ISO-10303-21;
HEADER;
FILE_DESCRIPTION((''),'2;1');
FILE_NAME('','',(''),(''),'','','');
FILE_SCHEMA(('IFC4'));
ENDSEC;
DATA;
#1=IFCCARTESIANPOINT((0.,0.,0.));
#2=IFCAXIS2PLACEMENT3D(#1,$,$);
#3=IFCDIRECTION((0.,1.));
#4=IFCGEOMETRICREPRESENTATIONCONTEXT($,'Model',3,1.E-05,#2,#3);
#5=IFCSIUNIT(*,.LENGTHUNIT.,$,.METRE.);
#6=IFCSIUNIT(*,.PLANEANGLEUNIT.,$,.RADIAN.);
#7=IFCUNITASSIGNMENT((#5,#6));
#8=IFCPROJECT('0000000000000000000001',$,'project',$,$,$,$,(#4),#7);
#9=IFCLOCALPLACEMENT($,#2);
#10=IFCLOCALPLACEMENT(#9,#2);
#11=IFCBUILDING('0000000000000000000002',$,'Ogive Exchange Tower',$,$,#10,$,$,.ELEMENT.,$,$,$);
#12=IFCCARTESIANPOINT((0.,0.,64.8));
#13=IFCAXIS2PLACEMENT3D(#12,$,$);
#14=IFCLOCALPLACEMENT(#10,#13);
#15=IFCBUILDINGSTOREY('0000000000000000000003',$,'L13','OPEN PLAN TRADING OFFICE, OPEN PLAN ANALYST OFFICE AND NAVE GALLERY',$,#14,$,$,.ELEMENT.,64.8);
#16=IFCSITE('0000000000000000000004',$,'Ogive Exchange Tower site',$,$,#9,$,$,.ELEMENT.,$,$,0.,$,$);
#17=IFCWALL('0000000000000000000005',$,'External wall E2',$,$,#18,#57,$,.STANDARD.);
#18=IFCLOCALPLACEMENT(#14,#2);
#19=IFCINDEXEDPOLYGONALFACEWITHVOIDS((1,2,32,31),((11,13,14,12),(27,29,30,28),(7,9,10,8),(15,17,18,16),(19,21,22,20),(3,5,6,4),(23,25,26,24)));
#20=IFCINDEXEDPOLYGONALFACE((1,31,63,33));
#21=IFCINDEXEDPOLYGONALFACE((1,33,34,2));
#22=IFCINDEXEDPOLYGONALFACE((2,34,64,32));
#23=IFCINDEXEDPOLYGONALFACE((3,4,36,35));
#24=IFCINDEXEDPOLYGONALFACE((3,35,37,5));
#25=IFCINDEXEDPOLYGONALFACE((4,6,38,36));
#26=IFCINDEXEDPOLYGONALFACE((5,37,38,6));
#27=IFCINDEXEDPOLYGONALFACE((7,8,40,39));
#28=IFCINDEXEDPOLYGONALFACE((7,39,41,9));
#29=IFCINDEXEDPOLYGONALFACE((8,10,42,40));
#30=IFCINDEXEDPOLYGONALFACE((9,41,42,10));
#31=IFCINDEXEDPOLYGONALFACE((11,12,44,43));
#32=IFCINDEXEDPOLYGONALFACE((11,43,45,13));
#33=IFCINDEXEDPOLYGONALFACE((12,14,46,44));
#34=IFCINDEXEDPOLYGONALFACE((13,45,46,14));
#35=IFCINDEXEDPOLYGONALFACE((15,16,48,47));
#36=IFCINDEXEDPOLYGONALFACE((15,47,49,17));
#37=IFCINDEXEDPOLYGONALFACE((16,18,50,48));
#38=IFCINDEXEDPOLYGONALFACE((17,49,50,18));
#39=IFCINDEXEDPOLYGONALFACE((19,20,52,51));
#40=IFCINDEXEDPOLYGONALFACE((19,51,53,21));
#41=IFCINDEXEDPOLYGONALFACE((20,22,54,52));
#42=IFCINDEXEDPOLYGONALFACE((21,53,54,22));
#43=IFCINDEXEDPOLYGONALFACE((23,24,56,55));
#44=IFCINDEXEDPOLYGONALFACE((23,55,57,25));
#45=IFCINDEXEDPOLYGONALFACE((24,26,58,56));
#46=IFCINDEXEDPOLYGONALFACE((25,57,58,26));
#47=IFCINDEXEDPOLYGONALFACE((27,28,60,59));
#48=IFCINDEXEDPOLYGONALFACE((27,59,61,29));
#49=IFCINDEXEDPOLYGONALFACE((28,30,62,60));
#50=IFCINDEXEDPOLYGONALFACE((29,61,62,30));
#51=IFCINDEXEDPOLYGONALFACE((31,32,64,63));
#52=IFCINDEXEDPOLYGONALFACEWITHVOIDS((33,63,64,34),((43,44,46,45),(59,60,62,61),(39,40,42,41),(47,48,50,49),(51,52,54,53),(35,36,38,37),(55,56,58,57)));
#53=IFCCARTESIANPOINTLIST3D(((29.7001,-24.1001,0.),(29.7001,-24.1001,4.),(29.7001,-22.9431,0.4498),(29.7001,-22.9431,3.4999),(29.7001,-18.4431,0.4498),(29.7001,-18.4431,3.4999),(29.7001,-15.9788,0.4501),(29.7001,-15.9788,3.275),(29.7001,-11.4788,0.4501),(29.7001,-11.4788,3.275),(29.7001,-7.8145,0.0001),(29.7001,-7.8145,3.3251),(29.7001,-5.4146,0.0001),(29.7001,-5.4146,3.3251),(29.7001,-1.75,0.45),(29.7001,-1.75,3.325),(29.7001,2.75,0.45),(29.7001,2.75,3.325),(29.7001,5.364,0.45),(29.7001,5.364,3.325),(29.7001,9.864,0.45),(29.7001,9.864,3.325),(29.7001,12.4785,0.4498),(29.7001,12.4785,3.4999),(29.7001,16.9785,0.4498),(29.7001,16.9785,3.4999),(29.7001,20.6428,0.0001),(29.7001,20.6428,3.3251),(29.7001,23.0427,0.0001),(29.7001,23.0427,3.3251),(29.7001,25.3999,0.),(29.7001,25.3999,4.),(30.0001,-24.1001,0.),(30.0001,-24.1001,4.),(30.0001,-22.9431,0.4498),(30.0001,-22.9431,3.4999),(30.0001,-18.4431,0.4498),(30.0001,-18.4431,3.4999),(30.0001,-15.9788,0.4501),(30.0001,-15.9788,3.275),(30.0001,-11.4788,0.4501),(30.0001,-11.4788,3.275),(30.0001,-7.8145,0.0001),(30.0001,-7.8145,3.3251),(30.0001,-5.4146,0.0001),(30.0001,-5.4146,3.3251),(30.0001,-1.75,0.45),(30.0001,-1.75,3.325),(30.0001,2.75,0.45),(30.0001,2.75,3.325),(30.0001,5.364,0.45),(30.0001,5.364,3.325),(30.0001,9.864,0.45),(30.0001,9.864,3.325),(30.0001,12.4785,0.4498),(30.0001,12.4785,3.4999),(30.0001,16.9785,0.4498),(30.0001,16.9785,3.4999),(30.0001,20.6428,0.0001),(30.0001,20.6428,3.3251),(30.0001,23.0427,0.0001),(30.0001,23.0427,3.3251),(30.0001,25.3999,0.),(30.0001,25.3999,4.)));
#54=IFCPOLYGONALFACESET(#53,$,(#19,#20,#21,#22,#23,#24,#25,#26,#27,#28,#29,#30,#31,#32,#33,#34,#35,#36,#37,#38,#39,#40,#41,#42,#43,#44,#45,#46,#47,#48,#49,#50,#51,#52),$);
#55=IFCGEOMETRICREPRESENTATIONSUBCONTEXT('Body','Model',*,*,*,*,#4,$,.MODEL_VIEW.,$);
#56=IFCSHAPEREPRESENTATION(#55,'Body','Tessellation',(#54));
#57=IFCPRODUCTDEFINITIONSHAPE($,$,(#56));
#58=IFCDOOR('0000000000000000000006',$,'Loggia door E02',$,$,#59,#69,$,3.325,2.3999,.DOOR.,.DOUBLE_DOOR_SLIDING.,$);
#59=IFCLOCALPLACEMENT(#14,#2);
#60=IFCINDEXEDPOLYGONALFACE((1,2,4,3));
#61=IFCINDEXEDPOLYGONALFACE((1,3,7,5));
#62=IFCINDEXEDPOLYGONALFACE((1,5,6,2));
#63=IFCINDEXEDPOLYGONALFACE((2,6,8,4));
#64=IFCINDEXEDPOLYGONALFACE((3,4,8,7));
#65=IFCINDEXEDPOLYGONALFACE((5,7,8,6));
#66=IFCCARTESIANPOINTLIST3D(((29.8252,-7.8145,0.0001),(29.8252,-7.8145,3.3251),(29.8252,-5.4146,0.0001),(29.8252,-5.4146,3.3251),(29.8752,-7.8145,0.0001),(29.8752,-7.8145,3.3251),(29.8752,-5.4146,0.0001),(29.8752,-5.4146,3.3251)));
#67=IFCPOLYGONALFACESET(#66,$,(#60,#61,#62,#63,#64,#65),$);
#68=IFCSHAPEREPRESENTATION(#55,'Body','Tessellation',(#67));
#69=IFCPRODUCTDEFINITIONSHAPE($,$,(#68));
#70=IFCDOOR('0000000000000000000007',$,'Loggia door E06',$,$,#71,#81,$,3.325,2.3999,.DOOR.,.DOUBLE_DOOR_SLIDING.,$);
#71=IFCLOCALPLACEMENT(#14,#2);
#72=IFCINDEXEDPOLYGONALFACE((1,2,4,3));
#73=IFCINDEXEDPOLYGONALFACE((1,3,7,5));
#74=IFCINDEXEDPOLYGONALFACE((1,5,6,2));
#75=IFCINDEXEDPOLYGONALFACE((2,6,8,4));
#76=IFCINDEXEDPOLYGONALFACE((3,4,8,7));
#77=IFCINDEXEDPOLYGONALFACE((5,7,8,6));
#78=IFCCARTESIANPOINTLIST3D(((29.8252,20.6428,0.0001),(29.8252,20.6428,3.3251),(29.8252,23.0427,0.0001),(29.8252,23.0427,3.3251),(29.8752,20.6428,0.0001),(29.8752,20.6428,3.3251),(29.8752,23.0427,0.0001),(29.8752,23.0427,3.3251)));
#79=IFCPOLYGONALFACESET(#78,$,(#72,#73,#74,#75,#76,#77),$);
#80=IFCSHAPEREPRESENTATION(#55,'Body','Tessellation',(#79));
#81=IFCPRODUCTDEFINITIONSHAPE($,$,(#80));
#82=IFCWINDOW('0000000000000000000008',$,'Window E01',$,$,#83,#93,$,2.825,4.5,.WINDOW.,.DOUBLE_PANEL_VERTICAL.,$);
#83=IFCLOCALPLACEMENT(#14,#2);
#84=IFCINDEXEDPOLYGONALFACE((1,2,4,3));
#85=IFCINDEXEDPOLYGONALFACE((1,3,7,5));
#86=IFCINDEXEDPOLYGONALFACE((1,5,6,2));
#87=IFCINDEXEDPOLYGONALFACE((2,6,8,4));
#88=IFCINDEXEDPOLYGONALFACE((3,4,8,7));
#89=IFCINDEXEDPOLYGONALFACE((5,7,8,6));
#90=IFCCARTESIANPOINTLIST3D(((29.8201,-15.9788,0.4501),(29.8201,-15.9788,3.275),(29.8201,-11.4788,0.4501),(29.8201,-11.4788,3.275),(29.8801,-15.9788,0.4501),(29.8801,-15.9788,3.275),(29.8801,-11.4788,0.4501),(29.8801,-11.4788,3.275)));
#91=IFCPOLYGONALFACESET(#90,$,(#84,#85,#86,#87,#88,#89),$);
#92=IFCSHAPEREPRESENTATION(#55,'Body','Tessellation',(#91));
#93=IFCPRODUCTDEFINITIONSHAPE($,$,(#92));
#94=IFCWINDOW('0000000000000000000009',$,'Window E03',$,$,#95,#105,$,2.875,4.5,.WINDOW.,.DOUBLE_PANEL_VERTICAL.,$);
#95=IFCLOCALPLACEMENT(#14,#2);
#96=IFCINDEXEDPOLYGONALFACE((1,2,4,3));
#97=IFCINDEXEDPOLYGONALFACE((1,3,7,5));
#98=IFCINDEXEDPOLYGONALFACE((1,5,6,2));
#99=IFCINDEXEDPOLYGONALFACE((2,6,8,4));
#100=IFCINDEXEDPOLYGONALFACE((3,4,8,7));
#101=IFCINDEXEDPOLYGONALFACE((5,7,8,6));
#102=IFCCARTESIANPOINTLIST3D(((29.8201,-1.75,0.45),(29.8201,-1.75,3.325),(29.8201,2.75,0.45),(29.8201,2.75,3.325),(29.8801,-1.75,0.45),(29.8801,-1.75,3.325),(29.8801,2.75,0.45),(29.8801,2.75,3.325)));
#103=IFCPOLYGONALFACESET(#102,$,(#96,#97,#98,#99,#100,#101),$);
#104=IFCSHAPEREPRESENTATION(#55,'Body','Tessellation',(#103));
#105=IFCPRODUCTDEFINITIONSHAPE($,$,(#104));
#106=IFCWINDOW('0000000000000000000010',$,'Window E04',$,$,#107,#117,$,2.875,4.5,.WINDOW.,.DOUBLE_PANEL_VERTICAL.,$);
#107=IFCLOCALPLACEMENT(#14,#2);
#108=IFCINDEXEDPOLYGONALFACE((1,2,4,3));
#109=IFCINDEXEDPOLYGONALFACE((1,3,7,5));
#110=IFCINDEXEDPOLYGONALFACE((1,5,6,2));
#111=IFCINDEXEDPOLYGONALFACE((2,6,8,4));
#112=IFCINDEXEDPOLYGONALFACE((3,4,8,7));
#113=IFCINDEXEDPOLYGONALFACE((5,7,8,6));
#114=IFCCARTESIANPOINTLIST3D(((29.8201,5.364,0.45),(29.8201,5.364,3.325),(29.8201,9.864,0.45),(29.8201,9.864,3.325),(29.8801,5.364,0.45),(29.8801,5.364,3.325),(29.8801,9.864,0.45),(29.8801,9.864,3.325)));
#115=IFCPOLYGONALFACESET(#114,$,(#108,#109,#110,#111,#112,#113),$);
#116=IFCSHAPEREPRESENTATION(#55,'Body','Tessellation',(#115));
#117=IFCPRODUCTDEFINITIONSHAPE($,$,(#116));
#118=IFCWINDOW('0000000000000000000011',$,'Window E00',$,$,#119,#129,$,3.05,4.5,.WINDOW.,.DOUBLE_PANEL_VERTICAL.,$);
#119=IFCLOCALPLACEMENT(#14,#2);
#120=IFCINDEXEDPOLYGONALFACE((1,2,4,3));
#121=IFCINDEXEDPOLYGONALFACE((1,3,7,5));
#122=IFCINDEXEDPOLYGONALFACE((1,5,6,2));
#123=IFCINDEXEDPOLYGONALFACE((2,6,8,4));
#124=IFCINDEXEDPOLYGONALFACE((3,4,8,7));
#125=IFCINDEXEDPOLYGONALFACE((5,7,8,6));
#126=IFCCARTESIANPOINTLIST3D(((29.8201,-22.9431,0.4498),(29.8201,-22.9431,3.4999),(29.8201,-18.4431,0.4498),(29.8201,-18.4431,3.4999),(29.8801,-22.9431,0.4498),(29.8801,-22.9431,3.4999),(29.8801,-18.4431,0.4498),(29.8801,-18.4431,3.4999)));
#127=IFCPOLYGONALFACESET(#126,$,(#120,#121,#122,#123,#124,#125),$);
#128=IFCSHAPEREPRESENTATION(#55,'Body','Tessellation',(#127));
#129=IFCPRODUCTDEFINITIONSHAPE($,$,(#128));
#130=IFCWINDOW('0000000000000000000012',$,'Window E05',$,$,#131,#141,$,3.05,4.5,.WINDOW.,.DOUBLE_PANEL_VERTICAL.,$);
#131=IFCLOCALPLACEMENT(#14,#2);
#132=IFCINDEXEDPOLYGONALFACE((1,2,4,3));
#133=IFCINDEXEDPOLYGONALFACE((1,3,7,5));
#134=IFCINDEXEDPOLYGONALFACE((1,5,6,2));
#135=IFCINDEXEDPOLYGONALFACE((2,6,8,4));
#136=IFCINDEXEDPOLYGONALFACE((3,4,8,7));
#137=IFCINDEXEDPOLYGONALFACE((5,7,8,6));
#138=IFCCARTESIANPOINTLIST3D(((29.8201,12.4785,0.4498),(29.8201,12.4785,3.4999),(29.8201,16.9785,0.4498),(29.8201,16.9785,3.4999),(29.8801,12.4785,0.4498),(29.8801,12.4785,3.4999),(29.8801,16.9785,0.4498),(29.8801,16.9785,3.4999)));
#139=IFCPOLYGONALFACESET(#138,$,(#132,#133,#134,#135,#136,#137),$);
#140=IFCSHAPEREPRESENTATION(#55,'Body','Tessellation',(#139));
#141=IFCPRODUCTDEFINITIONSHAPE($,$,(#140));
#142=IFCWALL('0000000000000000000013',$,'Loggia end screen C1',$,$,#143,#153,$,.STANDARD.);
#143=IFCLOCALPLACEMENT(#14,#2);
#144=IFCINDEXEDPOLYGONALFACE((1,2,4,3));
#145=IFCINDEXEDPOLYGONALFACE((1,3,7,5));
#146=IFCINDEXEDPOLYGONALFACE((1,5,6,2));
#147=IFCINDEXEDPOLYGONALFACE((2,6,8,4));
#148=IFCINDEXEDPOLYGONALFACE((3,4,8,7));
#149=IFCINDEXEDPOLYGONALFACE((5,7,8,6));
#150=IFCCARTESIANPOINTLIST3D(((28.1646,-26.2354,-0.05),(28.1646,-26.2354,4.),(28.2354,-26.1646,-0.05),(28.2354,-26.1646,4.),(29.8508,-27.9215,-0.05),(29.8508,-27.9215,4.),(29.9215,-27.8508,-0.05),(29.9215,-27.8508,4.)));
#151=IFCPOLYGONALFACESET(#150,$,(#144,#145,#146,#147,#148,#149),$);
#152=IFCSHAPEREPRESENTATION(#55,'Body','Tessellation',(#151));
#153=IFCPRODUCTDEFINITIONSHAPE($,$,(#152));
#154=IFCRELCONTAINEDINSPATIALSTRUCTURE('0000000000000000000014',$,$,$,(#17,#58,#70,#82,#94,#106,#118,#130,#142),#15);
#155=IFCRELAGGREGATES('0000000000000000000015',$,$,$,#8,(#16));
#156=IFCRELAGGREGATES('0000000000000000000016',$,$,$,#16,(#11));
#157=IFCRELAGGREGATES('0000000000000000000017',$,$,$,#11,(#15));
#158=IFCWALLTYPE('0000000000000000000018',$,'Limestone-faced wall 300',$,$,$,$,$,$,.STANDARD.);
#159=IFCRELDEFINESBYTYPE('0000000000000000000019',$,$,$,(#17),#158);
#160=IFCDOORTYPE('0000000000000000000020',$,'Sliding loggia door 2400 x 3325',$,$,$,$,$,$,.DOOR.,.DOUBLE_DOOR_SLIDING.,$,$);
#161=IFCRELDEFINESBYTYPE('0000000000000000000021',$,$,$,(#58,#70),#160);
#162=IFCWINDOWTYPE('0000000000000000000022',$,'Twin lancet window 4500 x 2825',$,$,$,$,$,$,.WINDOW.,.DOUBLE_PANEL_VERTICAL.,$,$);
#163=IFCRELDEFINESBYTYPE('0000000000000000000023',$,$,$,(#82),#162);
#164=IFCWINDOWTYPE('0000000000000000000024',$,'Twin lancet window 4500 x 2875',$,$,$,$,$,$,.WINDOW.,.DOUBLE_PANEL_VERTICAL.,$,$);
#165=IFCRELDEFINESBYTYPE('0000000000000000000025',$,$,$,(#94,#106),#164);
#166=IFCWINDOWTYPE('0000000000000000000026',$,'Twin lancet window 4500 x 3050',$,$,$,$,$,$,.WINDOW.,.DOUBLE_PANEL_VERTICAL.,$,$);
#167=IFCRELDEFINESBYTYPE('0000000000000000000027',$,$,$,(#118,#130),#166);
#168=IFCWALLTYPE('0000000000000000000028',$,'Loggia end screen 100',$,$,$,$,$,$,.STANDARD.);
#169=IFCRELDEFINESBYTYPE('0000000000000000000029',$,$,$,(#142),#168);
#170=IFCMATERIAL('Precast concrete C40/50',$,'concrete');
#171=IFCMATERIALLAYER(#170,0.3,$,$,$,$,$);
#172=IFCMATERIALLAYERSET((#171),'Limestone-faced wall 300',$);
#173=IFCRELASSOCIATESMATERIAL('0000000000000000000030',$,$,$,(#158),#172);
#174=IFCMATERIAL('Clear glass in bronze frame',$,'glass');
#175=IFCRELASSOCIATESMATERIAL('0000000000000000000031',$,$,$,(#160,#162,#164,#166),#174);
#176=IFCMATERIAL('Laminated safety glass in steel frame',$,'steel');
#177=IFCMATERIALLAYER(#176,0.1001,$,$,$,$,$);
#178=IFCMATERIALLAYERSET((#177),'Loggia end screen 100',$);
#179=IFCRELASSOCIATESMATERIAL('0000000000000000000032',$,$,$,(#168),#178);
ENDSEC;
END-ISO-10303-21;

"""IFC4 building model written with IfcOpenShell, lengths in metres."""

from ifc_helpers import new_model, si_unit, direction, frame, frame_2d, origin, place, context, subcontext, project, spatial, rectangle, extrude, material, layer, layer_set, type_object, element, fill, save


model = new_model("IFC4")

# Units and contexts
model_context = context("Model", 3, precision=1e-05, world=origin(), true_north=direction((0.0, 1.0)))
body_context = subcontext(model_context, "Body", "Model", "MODEL_VIEW")
ifc_project = project(units=[si_unit("LENGTHUNIT", "METRE"), si_unit("PLANEANGLEUNIT", "RADIAN")], contexts=[model_context])

# Site, building, storey
site_placement = place(None, origin())
site = spatial("IfcSite", under=ifc_project, at=site_placement, Name="Ogive Exchange Tower site", CompositionType="ELEMENT", RefElevation=0.0)
building_placement = place(site_placement, origin())
building = spatial("IfcBuilding", under=site, at=building_placement, Name="Ogive Exchange Tower", CompositionType="ELEMENT")
storey_placement = place(building_placement, frame((0.0, 0.0, 64.8)))
storey = spatial("IfcBuildingStorey", under=building, at=storey_placement, Name="L13", Description="OPEN PLAN TRADING OFFICE, OPEN PLAN ANALYST OFFICE AND NAVE GALLERY", CompositionType="ELEMENT", Elevation=64.8)

# Wall, openings, doors, windows
ifc_material_1 = material(Name="Precast concrete C40/50", Category="concrete")
ifc_layer_1 = layer(ifc_material_1, 0.3)
ifc_layer_set_1 = layer_set([ifc_layer_1], Name="Limestone-faced wall 300")
wall_type_1 = type_object("IfcWallType", Name="Limestone-faced wall 300", PredefinedType="STANDARD", material=ifc_layer_set_1)
wall_1_placement = place(storey_placement, frame((29.8501, -24.1001, 0.0), z_axis=(0.0, 0.0, 1.0), x_axis=(0.0, 1.0, 0.0)))
wall_1 = element("IfcWall", 1, at=wall_1_placement, inside=storey, type_object=wall_type_1, Name="External wall E2", PredefinedType="STANDARD", context=body_context, shape_type="SweptSolid", body=[
    extrude(rectangle(XDim=49.5, YDim=0.3, at=frame_2d((24.75, 0.0))), origin(), (0.0, 0.0, 1.0), 4.0),
])
opening_1_placement = place(wall_1_placement, frame((1.157, 0.0, 0.45)))
opening_1 = element("IfcOpeningElement", 2, at=opening_1_placement, cuts=wall_1, PredefinedType="OPENING", context=body_context, shape_type="SweptSolid", body=[
    extrude(rectangle(XDim=4.5, YDim=3.05, at=frame_2d((2.25, 1.5249))), frame((0.0, 0.1599, 0.0), z_axis=(0.0, -1.0, 0.0), x_axis=(1.0, 0.0, 0.0)), (0.0, 0.0, 1.0), 0.3201),
])
opening_2_placement = place(wall_1_placement, frame((8.1213, 0.0, 0.45)))
opening_2 = element("IfcOpeningElement", 3, at=opening_2_placement, cuts=wall_1, PredefinedType="OPENING", context=body_context, shape_type="SweptSolid", body=[
    extrude(rectangle(XDim=4.5, YDim=2.825, at=frame_2d((2.25, 1.4126))), frame((0.0, 0.1599, 0.0), z_axis=(0.0, -1.0, 0.0), x_axis=(1.0, 0.0, 0.0)), (0.0, 0.0, 1.0), 0.3201),
])
opening_3_placement = place(wall_1_placement, frame((16.2856, 0.0, 0.0)))
opening_3 = element("IfcOpeningElement", 4, at=opening_3_placement, cuts=wall_1, PredefinedType="OPENING", context=body_context, shape_type="SweptSolid", body=[
    extrude(rectangle(XDim=2.3999, YDim=3.325, at=frame_2d((1.2, 1.6626))), frame((0.0, 0.1599, 0.0), z_axis=(0.0, -1.0, 0.0), x_axis=(1.0, 0.0, 0.0)), (0.0, 0.0, 1.0), 0.3201),
])
opening_4_placement = place(wall_1_placement, frame((22.3501, 0.0, 0.45)))
opening_4 = element("IfcOpeningElement", 5, at=opening_4_placement, cuts=wall_1, PredefinedType="OPENING", context=body_context, shape_type="SweptSolid", body=[
    extrude(rectangle(XDim=4.5, YDim=2.875, at=frame_2d((2.25, 1.4375))), frame((0.0, 0.1599, 0.0), z_axis=(0.0, -1.0, 0.0), x_axis=(1.0, 0.0, 0.0)), (0.0, 0.0, 1.0), 0.3201),
])
opening_5_placement = place(wall_1_placement, frame((29.4641, 0.0, 0.45)))
opening_5 = element("IfcOpeningElement", 6, at=opening_5_placement, cuts=wall_1, PredefinedType="OPENING", context=body_context, shape_type="SweptSolid", body=[
    extrude(rectangle(XDim=4.5, YDim=2.875, at=frame_2d((2.25, 1.4375))), frame((0.0, 0.1599, 0.0), z_axis=(0.0, -1.0, 0.0), x_axis=(1.0, 0.0, 0.0)), (0.0, 0.0, 1.0), 0.3201),
])
opening_6_placement = place(wall_1_placement, frame((36.5786, 0.0, 0.45)))
opening_6 = element("IfcOpeningElement", 7, at=opening_6_placement, cuts=wall_1, PredefinedType="OPENING", context=body_context, shape_type="SweptSolid", body=[
    extrude(rectangle(XDim=4.5, YDim=3.05, at=frame_2d((2.25, 1.5249))), frame((0.0, 0.1599, 0.0), z_axis=(0.0, -1.0, 0.0), x_axis=(1.0, 0.0, 0.0)), (0.0, 0.0, 1.0), 0.3201),
])
opening_7_placement = place(wall_1_placement, frame((44.7429, 0.0, 0.0)))
opening_7 = element("IfcOpeningElement", 8, at=opening_7_placement, cuts=wall_1, PredefinedType="OPENING", context=body_context, shape_type="SweptSolid", body=[
    extrude(rectangle(XDim=2.3999, YDim=3.325, at=frame_2d((1.2, 1.6626))), frame((0.0, 0.1599, 0.0), z_axis=(0.0, -1.0, 0.0), x_axis=(1.0, 0.0, 0.0)), (0.0, 0.0, 1.0), 0.3201),
])
ifc_material_2 = material(Name="Clear glass in bronze frame", Category="glass")
door_type_1 = type_object("IfcDoorType", Name="Sliding loggia door 2400 x 3325", OperationType="DOUBLE_DOOR_SLIDING", PredefinedType="DOOR", material=ifc_material_2)
door_1_placement = place(opening_3_placement, origin())
door_1 = element("IfcDoor", 9, at=door_1_placement, inside=storey, type_object=door_type_1, Name="Loggia door E02", OperationType="DOUBLE_DOOR_SLIDING", OverallHeight=3.325, OverallWidth=2.3999, PredefinedType="DOOR", context=body_context, shape_type="SweptSolid", body=[
    extrude(rectangle(XDim=2.3999, YDim=3.325, at=frame_2d((1.2, 1.6626))), frame((0.0, 0.0249, 0.0), z_axis=(0.0, -1.0, 0.0), x_axis=(1.0, 0.0, 0.0)), (0.0, 0.0, 1.0), 0.05),
])
fill(opening_3, door_1)
door_2_placement = place(opening_7_placement, origin())
door_2 = element("IfcDoor", 10, at=door_2_placement, inside=storey, type_object=door_type_1, Name="Loggia door E06", OperationType="DOUBLE_DOOR_SLIDING", OverallHeight=3.325, OverallWidth=2.3999, PredefinedType="DOOR", context=body_context, shape_type="SweptSolid", body=[
    extrude(rectangle(XDim=2.3999, YDim=3.325, at=frame_2d((1.2, 1.6626))), frame((0.0, 0.0249, 0.0), z_axis=(0.0, -1.0, 0.0), x_axis=(1.0, 0.0, 0.0)), (0.0, 0.0, 1.0), 0.05),
])
fill(opening_7, door_2)
window_type_1 = type_object("IfcWindowType", Name="Twin lancet window 4500 x 2825", PartitioningType="DOUBLE_PANEL_VERTICAL", PredefinedType="WINDOW", material=ifc_material_2)
window_1_placement = place(opening_2_placement, origin())
window_1 = element("IfcWindow", 11, at=window_1_placement, inside=storey, type_object=window_type_1, Name="Window E01", OverallHeight=2.825, OverallWidth=4.5, PartitioningType="DOUBLE_PANEL_VERTICAL", PredefinedType="WINDOW", context=body_context, shape_type="SweptSolid", body=[
    extrude(rectangle(XDim=4.5, YDim=2.825, at=frame_2d((2.25, 1.4126))), frame((0.0, 0.03, 0.0), z_axis=(0.0, -1.0, 0.0), x_axis=(1.0, 0.0, 0.0)), (0.0, 0.0, 1.0), 0.0601),
])
fill(opening_2, window_1)
window_type_2 = type_object("IfcWindowType", Name="Twin lancet window 4500 x 2875", PartitioningType="DOUBLE_PANEL_VERTICAL", PredefinedType="WINDOW", material=ifc_material_2)
window_2_placement = place(opening_4_placement, origin())
window_2 = element("IfcWindow", 12, at=window_2_placement, inside=storey, type_object=window_type_2, Name="Window E03", OverallHeight=2.875, OverallWidth=4.5, PartitioningType="DOUBLE_PANEL_VERTICAL", PredefinedType="WINDOW", context=body_context, shape_type="SweptSolid", body=[
    extrude(rectangle(XDim=4.5, YDim=2.875, at=frame_2d((2.25, 1.4375))), frame((0.0, 0.03, 0.0), z_axis=(0.0, -1.0, 0.0), x_axis=(1.0, 0.0, 0.0)), (0.0, 0.0, 1.0), 0.0601),
])
fill(opening_4, window_2)
window_3_placement = place(opening_5_placement, origin())
window_3 = element("IfcWindow", 13, at=window_3_placement, inside=storey, type_object=window_type_2, Name="Window E04", OverallHeight=2.875, OverallWidth=4.5, PartitioningType="DOUBLE_PANEL_VERTICAL", PredefinedType="WINDOW", context=body_context, shape_type="SweptSolid", body=[
    extrude(rectangle(XDim=4.5, YDim=2.875, at=frame_2d((2.25, 1.4375))), frame((0.0, 0.03, 0.0), z_axis=(0.0, -1.0, 0.0), x_axis=(1.0, 0.0, 0.0)), (0.0, 0.0, 1.0), 0.0601),
])
fill(opening_5, window_3)
window_type_3 = type_object("IfcWindowType", Name="Twin lancet window 4500 x 3050", PartitioningType="DOUBLE_PANEL_VERTICAL", PredefinedType="WINDOW", material=ifc_material_2)
window_4_placement = place(opening_1_placement, origin())
window_4 = element("IfcWindow", 14, at=window_4_placement, inside=storey, type_object=window_type_3, Name="Window E00", OverallHeight=3.05, OverallWidth=4.5, PartitioningType="DOUBLE_PANEL_VERTICAL", PredefinedType="WINDOW", context=body_context, shape_type="SweptSolid", body=[
    extrude(rectangle(XDim=4.5, YDim=3.05, at=frame_2d((2.25, 1.5249))), frame((0.0, 0.03, 0.0), z_axis=(0.0, -1.0, 0.0), x_axis=(1.0, 0.0, 0.0)), (0.0, 0.0, 1.0), 0.0601),
])
fill(opening_1, window_4)
window_5_placement = place(opening_6_placement, origin())
window_5 = element("IfcWindow", 15, at=window_5_placement, inside=storey, type_object=window_type_3, Name="Window E05", OverallHeight=3.05, OverallWidth=4.5, PartitioningType="DOUBLE_PANEL_VERTICAL", PredefinedType="WINDOW", context=body_context, shape_type="SweptSolid", body=[
    extrude(rectangle(XDim=4.5, YDim=3.05, at=frame_2d((2.25, 1.5249))), frame((0.0, 0.03, 0.0), z_axis=(0.0, -1.0, 0.0), x_axis=(1.0, 0.0, 0.0)), (0.0, 0.0, 1.0), 0.0601),
])
fill(opening_6, window_5)

# Wall
ifc_material_3 = material(Name="Laminated safety glass in steel frame", Category="steel")
ifc_layer_2 = layer(ifc_material_3, 0.1001)
ifc_layer_set_2 = layer_set([ifc_layer_2], Name="Loggia end screen 100")
wall_type_2 = type_object("IfcWallType", Name="Loggia end screen 100", PredefinedType="STANDARD", material=ifc_layer_set_2)
wall_2_placement = place(storey_placement, frame((28.2, -26.2, -0.05), z_axis=(0.0, 0.0, 1.0), x_axis=(0.707107, -0.707107, 0.0)))
element("IfcWall", 16, at=wall_2_placement, inside=storey, type_object=wall_type_2, Name="Loggia end screen C1", PredefinedType="STANDARD", context=body_context, shape_type="SweptSolid", body=[
    extrude(rectangle(XDim=2.3845, YDim=0.1001, at=frame_2d((1.1924, 0.0))), origin(), (0.0, 0.0, 1.0), 4.05),
])

save(model, "model.ifc")
